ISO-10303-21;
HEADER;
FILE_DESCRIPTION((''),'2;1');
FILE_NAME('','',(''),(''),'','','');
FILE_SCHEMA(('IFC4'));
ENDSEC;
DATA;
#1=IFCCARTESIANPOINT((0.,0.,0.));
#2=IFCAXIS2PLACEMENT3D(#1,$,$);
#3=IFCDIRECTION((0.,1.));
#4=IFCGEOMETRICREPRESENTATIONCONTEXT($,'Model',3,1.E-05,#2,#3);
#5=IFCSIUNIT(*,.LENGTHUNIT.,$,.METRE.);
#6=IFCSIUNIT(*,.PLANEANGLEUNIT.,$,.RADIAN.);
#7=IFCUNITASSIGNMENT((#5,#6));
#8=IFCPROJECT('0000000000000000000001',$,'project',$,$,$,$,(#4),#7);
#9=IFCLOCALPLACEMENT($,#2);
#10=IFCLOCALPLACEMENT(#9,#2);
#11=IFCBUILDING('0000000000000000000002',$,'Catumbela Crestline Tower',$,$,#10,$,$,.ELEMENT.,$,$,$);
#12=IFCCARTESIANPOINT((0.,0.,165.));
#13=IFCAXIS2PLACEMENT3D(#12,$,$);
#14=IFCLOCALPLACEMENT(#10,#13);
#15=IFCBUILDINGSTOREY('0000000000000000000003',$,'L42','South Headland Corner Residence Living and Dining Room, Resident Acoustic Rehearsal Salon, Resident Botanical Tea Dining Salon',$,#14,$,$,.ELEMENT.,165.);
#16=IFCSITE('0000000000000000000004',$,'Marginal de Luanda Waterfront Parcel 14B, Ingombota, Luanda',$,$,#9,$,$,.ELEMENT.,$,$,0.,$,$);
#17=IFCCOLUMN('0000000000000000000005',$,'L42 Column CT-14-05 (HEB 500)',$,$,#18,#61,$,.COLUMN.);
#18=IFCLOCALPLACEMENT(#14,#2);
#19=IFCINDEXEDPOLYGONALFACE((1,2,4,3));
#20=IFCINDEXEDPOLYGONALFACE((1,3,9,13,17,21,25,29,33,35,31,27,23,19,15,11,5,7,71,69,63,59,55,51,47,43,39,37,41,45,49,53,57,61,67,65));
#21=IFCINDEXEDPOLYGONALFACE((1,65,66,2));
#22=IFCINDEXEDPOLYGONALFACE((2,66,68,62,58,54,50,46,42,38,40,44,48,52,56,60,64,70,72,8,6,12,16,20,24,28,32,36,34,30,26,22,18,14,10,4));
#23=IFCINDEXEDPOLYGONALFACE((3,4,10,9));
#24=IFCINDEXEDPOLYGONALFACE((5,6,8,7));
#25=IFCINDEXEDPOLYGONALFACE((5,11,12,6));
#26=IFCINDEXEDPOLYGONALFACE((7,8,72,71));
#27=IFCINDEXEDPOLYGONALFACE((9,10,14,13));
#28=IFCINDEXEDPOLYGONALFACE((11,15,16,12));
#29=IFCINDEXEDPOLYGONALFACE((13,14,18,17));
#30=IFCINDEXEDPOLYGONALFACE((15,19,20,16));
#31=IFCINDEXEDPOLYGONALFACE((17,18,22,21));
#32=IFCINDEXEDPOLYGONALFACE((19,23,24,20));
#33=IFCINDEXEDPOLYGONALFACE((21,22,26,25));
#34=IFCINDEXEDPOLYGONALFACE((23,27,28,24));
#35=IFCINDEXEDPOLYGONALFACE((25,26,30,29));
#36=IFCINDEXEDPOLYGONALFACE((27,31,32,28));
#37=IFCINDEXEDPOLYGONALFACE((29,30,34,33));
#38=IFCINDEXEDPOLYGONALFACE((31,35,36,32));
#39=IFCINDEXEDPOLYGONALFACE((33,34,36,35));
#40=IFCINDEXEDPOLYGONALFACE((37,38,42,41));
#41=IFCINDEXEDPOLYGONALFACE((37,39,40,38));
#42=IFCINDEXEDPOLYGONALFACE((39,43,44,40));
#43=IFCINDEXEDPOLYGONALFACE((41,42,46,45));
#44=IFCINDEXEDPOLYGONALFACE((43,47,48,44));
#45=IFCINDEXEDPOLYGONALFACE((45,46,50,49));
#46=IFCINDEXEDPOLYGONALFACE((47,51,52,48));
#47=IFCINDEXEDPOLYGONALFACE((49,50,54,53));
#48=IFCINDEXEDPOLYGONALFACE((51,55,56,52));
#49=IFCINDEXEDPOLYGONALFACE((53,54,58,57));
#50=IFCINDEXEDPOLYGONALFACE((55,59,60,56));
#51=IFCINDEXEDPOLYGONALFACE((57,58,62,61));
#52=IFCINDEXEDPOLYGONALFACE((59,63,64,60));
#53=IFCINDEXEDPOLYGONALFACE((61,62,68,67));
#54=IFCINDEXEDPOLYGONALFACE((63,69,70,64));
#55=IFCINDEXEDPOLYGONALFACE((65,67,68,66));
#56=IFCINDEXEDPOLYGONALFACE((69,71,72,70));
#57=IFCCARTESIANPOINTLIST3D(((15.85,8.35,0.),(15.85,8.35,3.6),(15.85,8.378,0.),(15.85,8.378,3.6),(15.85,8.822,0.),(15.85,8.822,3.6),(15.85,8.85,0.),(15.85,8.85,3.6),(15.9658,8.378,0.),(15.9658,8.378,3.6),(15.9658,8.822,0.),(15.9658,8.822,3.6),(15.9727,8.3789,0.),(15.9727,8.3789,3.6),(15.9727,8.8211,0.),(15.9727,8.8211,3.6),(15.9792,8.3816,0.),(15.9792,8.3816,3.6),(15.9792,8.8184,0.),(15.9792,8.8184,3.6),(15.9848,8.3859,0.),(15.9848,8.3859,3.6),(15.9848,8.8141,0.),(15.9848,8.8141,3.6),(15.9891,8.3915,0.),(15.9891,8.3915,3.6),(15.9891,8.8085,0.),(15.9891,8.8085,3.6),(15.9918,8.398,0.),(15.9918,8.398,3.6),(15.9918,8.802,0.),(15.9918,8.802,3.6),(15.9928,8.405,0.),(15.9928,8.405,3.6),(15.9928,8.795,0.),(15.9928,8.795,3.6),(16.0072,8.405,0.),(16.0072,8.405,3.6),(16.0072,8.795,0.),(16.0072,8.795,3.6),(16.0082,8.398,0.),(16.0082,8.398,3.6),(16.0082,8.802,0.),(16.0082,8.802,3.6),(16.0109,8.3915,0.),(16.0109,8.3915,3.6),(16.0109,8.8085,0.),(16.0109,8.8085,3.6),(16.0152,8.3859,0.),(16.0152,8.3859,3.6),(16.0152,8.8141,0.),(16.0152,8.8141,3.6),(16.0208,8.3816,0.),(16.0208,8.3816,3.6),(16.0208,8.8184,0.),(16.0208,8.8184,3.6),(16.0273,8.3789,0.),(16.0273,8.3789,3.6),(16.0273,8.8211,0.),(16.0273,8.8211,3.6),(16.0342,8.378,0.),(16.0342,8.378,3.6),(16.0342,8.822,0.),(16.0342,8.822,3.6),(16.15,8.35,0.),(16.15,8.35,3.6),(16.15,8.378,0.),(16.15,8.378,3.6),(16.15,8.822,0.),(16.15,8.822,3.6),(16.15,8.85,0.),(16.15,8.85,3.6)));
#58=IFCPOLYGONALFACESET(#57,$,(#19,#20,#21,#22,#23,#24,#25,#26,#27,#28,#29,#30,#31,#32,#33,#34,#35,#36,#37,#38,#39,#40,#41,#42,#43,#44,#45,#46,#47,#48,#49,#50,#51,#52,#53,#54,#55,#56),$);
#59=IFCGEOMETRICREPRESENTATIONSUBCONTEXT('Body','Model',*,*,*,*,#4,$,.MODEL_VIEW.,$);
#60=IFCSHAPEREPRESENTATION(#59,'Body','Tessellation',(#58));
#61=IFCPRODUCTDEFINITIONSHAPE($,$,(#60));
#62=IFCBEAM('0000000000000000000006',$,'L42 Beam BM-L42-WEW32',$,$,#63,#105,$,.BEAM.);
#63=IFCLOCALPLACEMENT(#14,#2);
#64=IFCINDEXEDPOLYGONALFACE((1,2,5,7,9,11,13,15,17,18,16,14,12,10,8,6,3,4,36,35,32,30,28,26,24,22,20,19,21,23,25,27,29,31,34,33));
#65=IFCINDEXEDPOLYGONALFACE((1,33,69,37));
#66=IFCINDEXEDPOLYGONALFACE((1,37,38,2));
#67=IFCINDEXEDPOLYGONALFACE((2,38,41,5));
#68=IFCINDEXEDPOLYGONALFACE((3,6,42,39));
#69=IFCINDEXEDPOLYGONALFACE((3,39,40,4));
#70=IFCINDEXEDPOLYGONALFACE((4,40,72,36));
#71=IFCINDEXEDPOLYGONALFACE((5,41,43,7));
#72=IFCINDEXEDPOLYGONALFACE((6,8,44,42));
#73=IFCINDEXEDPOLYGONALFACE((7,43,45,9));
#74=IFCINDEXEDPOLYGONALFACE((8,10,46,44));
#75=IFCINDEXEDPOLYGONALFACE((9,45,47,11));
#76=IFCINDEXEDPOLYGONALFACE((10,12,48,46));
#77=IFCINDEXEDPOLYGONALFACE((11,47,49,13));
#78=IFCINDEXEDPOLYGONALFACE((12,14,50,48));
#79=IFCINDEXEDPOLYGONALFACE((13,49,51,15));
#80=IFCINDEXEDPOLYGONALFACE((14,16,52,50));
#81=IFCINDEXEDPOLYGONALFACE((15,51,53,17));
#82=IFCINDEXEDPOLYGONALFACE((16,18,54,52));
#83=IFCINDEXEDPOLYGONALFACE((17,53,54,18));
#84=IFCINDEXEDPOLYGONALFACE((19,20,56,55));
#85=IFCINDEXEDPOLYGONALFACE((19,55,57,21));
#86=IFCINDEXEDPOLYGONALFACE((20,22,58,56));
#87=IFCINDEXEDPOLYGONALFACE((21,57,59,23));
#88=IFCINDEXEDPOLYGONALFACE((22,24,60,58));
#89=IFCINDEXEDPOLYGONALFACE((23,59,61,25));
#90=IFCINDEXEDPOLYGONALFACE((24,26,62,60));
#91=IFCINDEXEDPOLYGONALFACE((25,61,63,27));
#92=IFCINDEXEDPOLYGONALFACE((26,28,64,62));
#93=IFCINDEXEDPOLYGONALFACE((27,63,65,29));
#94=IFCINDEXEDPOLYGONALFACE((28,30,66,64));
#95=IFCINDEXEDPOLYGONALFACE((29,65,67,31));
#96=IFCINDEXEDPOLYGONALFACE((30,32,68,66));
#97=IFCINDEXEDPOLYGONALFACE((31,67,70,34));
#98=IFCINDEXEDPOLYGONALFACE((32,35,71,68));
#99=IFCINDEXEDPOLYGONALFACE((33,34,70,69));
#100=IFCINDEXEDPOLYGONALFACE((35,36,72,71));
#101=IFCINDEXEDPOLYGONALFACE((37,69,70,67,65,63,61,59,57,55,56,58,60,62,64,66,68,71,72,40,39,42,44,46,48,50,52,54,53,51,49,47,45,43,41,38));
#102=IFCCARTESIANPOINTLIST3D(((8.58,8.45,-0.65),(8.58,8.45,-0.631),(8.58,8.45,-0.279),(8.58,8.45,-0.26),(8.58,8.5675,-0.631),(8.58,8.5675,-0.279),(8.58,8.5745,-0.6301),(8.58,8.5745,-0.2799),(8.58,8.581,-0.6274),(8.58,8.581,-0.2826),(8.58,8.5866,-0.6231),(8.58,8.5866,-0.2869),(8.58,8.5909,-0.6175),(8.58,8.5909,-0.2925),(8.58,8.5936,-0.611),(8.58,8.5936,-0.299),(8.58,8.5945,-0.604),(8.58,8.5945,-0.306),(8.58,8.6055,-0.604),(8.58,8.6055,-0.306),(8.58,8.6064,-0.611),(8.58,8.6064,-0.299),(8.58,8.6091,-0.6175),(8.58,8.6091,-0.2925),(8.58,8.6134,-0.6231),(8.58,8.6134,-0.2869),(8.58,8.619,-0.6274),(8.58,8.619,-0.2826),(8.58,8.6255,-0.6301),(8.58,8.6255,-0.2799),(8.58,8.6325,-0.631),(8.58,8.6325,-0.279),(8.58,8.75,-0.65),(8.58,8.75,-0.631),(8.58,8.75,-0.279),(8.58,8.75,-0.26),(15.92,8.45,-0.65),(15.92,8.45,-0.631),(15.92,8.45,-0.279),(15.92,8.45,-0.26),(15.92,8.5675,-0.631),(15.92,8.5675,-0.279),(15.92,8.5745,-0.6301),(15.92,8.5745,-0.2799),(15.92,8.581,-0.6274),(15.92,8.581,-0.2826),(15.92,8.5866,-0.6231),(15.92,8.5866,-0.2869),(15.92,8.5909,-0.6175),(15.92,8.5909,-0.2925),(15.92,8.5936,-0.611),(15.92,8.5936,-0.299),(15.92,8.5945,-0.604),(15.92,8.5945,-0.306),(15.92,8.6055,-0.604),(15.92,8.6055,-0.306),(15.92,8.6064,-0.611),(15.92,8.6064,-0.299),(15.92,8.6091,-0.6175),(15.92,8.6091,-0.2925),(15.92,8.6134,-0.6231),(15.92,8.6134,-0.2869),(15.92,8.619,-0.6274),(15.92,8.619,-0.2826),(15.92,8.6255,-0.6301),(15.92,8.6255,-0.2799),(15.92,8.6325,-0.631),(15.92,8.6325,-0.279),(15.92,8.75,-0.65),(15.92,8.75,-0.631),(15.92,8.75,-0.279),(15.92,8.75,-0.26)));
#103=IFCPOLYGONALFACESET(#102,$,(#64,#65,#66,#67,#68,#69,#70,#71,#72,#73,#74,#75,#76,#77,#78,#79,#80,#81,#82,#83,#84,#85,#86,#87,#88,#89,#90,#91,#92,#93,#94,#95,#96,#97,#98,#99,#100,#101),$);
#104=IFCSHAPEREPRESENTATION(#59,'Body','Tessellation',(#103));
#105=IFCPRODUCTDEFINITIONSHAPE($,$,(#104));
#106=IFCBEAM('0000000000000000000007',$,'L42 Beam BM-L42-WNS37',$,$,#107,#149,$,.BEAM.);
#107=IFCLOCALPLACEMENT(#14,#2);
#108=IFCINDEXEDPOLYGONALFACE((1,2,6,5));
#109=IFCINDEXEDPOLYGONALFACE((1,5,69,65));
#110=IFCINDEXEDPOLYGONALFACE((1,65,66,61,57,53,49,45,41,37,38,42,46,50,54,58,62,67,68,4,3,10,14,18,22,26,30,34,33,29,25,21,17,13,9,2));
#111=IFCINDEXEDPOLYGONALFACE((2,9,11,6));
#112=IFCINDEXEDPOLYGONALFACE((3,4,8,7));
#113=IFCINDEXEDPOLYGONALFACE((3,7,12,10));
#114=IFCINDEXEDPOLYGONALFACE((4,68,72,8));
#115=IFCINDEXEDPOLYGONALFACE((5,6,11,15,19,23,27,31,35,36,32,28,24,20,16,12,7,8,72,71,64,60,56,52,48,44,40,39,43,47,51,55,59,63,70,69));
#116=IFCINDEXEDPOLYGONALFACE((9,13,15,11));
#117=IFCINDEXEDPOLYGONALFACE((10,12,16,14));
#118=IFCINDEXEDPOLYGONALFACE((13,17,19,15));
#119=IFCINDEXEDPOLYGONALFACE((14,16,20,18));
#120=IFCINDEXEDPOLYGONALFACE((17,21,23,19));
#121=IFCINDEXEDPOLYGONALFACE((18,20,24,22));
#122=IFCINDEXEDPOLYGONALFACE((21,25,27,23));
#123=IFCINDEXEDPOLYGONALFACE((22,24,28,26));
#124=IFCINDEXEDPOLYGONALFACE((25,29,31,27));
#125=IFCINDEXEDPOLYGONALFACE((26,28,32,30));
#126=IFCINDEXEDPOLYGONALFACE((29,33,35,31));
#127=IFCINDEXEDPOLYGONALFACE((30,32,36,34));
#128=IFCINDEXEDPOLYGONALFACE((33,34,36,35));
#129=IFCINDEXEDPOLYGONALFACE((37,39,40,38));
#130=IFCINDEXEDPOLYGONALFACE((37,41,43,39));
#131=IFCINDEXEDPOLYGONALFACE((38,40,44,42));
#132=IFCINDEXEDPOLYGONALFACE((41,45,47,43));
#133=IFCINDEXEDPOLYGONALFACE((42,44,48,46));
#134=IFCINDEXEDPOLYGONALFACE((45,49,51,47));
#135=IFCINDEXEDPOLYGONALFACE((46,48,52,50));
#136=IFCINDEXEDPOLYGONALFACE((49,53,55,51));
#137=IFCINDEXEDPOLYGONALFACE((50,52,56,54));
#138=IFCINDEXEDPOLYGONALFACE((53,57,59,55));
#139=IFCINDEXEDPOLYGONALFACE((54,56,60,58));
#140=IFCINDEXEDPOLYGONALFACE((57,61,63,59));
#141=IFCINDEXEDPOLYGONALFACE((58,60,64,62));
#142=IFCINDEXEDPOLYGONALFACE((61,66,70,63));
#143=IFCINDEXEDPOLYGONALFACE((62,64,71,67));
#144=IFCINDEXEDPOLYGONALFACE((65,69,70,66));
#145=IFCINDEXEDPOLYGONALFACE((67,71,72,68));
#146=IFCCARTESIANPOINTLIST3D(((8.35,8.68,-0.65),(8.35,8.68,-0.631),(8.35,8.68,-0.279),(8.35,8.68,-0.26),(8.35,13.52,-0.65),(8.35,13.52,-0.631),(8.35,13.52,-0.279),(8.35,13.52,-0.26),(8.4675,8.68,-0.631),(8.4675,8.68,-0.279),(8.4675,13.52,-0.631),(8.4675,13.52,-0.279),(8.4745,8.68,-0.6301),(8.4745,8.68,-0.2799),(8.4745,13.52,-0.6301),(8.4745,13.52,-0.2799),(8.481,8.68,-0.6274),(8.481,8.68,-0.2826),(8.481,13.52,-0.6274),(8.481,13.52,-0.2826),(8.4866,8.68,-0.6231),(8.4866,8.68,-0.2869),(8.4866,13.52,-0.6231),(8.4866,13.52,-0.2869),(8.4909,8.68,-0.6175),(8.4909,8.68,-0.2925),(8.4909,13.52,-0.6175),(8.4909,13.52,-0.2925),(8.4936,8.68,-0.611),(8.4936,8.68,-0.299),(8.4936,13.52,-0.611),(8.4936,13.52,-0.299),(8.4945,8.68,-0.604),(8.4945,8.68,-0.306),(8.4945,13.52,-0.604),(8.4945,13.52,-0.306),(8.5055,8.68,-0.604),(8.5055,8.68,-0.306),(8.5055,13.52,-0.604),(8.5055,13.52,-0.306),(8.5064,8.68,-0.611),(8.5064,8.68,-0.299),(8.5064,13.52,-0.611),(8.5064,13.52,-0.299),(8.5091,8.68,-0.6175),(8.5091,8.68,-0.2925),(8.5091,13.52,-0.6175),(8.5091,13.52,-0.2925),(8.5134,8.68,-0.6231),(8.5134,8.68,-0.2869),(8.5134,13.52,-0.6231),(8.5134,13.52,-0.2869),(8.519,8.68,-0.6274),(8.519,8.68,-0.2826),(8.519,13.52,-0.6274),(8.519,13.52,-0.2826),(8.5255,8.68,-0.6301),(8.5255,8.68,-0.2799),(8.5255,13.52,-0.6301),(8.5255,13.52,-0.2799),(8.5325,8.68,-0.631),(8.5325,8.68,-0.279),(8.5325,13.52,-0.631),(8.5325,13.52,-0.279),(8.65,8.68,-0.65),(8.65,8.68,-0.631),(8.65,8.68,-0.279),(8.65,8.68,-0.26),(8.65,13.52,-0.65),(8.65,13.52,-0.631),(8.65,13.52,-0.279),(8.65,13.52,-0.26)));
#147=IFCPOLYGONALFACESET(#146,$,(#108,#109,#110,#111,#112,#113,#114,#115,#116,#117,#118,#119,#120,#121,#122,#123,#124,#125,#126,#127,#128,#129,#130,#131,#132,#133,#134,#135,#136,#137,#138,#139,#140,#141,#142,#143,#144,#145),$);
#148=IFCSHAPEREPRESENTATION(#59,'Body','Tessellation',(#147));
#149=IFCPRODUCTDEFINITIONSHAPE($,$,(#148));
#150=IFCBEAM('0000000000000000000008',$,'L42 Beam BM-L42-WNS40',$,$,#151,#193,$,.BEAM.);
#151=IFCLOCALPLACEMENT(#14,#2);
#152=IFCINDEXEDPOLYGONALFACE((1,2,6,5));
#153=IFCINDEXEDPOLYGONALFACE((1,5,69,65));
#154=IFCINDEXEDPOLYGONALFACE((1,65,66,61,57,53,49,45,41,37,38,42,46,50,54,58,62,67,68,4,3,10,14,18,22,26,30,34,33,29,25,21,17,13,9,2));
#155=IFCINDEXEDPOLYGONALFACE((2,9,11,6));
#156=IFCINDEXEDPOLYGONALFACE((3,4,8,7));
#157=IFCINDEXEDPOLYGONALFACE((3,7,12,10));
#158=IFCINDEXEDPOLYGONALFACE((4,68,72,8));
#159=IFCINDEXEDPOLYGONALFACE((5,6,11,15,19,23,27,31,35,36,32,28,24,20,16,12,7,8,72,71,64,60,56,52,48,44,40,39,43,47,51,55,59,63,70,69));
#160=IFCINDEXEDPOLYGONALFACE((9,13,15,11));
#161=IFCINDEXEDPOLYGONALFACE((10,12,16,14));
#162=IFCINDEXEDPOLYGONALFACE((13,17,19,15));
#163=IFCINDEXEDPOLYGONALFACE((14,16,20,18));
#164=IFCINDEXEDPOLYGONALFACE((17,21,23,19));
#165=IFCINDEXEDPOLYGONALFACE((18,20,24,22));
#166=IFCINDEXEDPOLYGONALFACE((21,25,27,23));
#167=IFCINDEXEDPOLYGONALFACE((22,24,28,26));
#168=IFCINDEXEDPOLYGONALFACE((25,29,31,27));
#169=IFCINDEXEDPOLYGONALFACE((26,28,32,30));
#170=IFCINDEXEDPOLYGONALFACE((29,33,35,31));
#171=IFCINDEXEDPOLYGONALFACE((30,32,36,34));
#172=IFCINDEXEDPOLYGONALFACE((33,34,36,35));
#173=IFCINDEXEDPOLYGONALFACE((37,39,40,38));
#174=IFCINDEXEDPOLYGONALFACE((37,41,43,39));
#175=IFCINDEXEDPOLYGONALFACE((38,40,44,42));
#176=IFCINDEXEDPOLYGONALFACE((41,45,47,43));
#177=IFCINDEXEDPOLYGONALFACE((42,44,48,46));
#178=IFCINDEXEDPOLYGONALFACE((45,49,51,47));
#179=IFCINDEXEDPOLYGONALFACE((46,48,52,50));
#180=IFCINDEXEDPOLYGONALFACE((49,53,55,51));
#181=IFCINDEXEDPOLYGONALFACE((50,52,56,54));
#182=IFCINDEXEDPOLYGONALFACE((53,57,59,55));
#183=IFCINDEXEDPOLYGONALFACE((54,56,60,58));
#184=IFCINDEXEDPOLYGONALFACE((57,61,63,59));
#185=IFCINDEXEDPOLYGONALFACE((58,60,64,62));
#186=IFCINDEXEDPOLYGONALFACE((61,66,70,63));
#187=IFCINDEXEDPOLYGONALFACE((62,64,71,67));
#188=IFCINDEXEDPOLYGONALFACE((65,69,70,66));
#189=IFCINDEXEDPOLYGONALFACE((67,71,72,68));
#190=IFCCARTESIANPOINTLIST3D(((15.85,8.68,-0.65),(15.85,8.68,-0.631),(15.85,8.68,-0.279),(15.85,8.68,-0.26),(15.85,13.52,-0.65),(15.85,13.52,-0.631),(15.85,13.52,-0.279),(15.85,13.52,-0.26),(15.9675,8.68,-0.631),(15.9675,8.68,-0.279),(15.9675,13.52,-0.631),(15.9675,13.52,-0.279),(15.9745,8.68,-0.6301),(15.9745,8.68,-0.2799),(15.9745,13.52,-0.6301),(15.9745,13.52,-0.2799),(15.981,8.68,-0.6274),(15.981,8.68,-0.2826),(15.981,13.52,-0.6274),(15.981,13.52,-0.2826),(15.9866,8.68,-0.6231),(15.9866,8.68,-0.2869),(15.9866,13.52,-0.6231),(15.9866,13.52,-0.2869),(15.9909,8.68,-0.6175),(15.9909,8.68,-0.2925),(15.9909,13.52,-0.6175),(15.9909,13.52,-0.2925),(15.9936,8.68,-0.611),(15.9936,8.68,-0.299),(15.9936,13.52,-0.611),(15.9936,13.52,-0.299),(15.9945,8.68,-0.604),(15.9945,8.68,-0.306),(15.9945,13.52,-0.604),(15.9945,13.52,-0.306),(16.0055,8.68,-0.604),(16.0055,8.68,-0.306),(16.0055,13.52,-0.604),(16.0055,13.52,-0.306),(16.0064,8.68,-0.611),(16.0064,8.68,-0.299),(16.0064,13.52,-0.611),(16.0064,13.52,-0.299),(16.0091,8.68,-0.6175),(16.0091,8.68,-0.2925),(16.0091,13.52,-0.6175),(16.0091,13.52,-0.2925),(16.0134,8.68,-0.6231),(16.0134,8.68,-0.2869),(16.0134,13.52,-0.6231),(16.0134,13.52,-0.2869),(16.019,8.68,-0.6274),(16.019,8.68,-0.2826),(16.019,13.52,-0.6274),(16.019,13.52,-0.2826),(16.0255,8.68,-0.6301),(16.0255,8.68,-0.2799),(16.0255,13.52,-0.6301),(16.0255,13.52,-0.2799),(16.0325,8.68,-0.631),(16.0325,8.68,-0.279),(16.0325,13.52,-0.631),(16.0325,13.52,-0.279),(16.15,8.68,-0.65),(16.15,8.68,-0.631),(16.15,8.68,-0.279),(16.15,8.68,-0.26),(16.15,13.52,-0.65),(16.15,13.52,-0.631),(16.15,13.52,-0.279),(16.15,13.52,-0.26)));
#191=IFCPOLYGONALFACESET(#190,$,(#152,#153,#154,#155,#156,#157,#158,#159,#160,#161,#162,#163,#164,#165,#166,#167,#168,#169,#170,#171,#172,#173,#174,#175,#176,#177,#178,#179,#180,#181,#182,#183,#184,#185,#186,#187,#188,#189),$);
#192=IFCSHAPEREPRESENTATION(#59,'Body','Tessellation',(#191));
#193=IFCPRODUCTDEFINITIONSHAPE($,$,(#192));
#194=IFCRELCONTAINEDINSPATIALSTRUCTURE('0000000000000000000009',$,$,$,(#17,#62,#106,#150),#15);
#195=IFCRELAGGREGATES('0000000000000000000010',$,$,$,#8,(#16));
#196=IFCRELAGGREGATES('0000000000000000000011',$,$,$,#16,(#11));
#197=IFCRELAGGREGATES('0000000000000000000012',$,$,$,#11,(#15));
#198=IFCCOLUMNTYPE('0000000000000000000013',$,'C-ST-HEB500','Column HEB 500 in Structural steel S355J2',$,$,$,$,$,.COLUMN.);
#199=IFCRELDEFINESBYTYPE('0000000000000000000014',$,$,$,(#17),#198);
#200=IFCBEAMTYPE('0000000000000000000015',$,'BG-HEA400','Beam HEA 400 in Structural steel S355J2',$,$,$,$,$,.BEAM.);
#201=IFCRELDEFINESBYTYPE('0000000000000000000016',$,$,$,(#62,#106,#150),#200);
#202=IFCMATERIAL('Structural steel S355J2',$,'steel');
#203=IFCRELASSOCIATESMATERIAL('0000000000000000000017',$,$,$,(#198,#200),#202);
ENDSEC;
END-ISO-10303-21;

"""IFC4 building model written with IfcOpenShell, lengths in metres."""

from ifc_helpers import new_model, si_unit, direction, frame, origin, origin_2d, place, context, subcontext, project, spatial, i_section, extrude, material, material_profile, profile_set, type_object, element, save


model = new_model("IFC4")

# Units and contexts
model_context = context("Model", 3, precision=1e-05, world=origin(), true_north=direction((0.0, 1.0)))
body_context = subcontext(model_context, "Body", "Model", "MODEL_VIEW")
ifc_project = project(units=[si_unit("LENGTHUNIT", "METRE"), si_unit("PLANEANGLEUNIT", "RADIAN")], contexts=[model_context])

# Site, building, storey
site_placement = place(None, origin())
site = spatial("IfcSite", under=ifc_project, at=site_placement, Name="Marginal de Luanda Waterfront Parcel 14B, Ingombota, Luanda", CompositionType="ELEMENT", RefElevation=0.0)
building_placement = place(site_placement, origin())
building = spatial("IfcBuilding", under=site, at=building_placement, Name="Catumbela Crestline Tower", CompositionType="ELEMENT")
storey_placement = place(building_placement, frame((0.0, 0.0, 165.0)))
storey = spatial("IfcBuildingStorey", under=building, at=storey_placement, Name="L42", Description="South Headland Corner Residence Living and Dining Room, Resident Acoustic Rehearsal Salon, Resident Botanical Tea Dining Salon", CompositionType="ELEMENT", Elevation=165.0)

# Column
ifc_material_1 = material(Name="Structural steel S355J2", Category="steel")
ifc_material_profile_1 = material_profile(ifc_material_1, i_section(OverallWidth=0.3, OverallDepth=0.5, WebThickness=0.0145, FlangeThickness=0.028, FilletRadius=0.027, at=origin_2d()), Name="HEB 500")
ifc_profile_set_1 = profile_set([ifc_material_profile_1], Name="Structural steel S355J2")
column_type = type_object("IfcColumnType", Name="C-ST-HEB500", Description="Column HEB 500 in Structural steel S355J2", PredefinedType="COLUMN", material=ifc_profile_set_1)
column_placement = place(storey_placement, frame((16.0, 8.6, 0.0), z_axis=(0.0, 0.0, 1.0), x_axis=(1.0, 0.0, 0.0)))
element("IfcColumn", 1, at=column_placement, inside=storey, type_object=column_type, Name="L42 Column CT-14-05 (HEB 500)", PredefinedType="COLUMN", context=body_context, shape_type="SweptSolid", body=[
    extrude(i_section(OverallWidth=0.3, OverallDepth=0.5, WebThickness=0.0145, FlangeThickness=0.028, FilletRadius=0.027, at=origin_2d()), origin(), (0.0, 0.0, 1.0), 3.6),
])

# Beams
ifc_material_profile_2 = material_profile(ifc_material_1, i_section(OverallWidth=0.3, OverallDepth=0.39, WebThickness=0.011, FlangeThickness=0.019, FilletRadius=0.027, at=origin_2d()), Name="HEA 400")
ifc_profile_set_2 = profile_set([ifc_material_profile_2], Name="Structural steel S355J2")
beam_type_1 = type_object("IfcBeamType", Name="BG-HEA400", Description="Beam HEA 400 in Structural steel S355J2", PredefinedType="BEAM", material=ifc_profile_set_2)
beam_1_placement = place(storey_placement, frame((8.58, 8.6, -0.455), z_axis=(1.0, 0.0, 0.0), x_axis=(0.0, 1.0, 0.0)))
element("IfcBeam", 2, at=beam_1_placement, inside=storey, type_object=beam_type_1, Name="L42 Beam BM-L42-WEW32", PredefinedType="BEAM", context=body_context, shape_type="SweptSolid", body=[
    extrude(i_section(OverallWidth=0.3, OverallDepth=0.39, WebThickness=0.011, FlangeThickness=0.019, FilletRadius=0.027, at=origin_2d()), origin(), (0.0, 0.0, 1.0), 7.34),
])
for number, where, z_axis, x_axis, name in (
    (3, (8.5, 8.68, -0.455), (0.0, 1.0, 0.0), (-1.0, 0.0, 0.0), "L42 Beam BM-L42-WNS37"),
    (4, (16.0, 8.68, -0.455), (0.0, 1.0, 0.0), (-1.0, 0.0, 0.0), "L42 Beam BM-L42-WNS40"),
):
    element("IfcBeam", number, at=place(storey_placement, frame(where, z_axis=z_axis, x_axis=x_axis)), inside=storey, type_object=beam_type_1, Name=name, PredefinedType="BEAM", context=body_context, shape_type="SweptSolid", body=[
        extrude(i_section(OverallWidth=0.3, OverallDepth=0.39, WebThickness=0.011, FlangeThickness=0.019, FilletRadius=0.027, at=origin_2d()), origin(), (0.0, 0.0, 1.0), 4.84),
    ])

save(model, "model.ifc")
